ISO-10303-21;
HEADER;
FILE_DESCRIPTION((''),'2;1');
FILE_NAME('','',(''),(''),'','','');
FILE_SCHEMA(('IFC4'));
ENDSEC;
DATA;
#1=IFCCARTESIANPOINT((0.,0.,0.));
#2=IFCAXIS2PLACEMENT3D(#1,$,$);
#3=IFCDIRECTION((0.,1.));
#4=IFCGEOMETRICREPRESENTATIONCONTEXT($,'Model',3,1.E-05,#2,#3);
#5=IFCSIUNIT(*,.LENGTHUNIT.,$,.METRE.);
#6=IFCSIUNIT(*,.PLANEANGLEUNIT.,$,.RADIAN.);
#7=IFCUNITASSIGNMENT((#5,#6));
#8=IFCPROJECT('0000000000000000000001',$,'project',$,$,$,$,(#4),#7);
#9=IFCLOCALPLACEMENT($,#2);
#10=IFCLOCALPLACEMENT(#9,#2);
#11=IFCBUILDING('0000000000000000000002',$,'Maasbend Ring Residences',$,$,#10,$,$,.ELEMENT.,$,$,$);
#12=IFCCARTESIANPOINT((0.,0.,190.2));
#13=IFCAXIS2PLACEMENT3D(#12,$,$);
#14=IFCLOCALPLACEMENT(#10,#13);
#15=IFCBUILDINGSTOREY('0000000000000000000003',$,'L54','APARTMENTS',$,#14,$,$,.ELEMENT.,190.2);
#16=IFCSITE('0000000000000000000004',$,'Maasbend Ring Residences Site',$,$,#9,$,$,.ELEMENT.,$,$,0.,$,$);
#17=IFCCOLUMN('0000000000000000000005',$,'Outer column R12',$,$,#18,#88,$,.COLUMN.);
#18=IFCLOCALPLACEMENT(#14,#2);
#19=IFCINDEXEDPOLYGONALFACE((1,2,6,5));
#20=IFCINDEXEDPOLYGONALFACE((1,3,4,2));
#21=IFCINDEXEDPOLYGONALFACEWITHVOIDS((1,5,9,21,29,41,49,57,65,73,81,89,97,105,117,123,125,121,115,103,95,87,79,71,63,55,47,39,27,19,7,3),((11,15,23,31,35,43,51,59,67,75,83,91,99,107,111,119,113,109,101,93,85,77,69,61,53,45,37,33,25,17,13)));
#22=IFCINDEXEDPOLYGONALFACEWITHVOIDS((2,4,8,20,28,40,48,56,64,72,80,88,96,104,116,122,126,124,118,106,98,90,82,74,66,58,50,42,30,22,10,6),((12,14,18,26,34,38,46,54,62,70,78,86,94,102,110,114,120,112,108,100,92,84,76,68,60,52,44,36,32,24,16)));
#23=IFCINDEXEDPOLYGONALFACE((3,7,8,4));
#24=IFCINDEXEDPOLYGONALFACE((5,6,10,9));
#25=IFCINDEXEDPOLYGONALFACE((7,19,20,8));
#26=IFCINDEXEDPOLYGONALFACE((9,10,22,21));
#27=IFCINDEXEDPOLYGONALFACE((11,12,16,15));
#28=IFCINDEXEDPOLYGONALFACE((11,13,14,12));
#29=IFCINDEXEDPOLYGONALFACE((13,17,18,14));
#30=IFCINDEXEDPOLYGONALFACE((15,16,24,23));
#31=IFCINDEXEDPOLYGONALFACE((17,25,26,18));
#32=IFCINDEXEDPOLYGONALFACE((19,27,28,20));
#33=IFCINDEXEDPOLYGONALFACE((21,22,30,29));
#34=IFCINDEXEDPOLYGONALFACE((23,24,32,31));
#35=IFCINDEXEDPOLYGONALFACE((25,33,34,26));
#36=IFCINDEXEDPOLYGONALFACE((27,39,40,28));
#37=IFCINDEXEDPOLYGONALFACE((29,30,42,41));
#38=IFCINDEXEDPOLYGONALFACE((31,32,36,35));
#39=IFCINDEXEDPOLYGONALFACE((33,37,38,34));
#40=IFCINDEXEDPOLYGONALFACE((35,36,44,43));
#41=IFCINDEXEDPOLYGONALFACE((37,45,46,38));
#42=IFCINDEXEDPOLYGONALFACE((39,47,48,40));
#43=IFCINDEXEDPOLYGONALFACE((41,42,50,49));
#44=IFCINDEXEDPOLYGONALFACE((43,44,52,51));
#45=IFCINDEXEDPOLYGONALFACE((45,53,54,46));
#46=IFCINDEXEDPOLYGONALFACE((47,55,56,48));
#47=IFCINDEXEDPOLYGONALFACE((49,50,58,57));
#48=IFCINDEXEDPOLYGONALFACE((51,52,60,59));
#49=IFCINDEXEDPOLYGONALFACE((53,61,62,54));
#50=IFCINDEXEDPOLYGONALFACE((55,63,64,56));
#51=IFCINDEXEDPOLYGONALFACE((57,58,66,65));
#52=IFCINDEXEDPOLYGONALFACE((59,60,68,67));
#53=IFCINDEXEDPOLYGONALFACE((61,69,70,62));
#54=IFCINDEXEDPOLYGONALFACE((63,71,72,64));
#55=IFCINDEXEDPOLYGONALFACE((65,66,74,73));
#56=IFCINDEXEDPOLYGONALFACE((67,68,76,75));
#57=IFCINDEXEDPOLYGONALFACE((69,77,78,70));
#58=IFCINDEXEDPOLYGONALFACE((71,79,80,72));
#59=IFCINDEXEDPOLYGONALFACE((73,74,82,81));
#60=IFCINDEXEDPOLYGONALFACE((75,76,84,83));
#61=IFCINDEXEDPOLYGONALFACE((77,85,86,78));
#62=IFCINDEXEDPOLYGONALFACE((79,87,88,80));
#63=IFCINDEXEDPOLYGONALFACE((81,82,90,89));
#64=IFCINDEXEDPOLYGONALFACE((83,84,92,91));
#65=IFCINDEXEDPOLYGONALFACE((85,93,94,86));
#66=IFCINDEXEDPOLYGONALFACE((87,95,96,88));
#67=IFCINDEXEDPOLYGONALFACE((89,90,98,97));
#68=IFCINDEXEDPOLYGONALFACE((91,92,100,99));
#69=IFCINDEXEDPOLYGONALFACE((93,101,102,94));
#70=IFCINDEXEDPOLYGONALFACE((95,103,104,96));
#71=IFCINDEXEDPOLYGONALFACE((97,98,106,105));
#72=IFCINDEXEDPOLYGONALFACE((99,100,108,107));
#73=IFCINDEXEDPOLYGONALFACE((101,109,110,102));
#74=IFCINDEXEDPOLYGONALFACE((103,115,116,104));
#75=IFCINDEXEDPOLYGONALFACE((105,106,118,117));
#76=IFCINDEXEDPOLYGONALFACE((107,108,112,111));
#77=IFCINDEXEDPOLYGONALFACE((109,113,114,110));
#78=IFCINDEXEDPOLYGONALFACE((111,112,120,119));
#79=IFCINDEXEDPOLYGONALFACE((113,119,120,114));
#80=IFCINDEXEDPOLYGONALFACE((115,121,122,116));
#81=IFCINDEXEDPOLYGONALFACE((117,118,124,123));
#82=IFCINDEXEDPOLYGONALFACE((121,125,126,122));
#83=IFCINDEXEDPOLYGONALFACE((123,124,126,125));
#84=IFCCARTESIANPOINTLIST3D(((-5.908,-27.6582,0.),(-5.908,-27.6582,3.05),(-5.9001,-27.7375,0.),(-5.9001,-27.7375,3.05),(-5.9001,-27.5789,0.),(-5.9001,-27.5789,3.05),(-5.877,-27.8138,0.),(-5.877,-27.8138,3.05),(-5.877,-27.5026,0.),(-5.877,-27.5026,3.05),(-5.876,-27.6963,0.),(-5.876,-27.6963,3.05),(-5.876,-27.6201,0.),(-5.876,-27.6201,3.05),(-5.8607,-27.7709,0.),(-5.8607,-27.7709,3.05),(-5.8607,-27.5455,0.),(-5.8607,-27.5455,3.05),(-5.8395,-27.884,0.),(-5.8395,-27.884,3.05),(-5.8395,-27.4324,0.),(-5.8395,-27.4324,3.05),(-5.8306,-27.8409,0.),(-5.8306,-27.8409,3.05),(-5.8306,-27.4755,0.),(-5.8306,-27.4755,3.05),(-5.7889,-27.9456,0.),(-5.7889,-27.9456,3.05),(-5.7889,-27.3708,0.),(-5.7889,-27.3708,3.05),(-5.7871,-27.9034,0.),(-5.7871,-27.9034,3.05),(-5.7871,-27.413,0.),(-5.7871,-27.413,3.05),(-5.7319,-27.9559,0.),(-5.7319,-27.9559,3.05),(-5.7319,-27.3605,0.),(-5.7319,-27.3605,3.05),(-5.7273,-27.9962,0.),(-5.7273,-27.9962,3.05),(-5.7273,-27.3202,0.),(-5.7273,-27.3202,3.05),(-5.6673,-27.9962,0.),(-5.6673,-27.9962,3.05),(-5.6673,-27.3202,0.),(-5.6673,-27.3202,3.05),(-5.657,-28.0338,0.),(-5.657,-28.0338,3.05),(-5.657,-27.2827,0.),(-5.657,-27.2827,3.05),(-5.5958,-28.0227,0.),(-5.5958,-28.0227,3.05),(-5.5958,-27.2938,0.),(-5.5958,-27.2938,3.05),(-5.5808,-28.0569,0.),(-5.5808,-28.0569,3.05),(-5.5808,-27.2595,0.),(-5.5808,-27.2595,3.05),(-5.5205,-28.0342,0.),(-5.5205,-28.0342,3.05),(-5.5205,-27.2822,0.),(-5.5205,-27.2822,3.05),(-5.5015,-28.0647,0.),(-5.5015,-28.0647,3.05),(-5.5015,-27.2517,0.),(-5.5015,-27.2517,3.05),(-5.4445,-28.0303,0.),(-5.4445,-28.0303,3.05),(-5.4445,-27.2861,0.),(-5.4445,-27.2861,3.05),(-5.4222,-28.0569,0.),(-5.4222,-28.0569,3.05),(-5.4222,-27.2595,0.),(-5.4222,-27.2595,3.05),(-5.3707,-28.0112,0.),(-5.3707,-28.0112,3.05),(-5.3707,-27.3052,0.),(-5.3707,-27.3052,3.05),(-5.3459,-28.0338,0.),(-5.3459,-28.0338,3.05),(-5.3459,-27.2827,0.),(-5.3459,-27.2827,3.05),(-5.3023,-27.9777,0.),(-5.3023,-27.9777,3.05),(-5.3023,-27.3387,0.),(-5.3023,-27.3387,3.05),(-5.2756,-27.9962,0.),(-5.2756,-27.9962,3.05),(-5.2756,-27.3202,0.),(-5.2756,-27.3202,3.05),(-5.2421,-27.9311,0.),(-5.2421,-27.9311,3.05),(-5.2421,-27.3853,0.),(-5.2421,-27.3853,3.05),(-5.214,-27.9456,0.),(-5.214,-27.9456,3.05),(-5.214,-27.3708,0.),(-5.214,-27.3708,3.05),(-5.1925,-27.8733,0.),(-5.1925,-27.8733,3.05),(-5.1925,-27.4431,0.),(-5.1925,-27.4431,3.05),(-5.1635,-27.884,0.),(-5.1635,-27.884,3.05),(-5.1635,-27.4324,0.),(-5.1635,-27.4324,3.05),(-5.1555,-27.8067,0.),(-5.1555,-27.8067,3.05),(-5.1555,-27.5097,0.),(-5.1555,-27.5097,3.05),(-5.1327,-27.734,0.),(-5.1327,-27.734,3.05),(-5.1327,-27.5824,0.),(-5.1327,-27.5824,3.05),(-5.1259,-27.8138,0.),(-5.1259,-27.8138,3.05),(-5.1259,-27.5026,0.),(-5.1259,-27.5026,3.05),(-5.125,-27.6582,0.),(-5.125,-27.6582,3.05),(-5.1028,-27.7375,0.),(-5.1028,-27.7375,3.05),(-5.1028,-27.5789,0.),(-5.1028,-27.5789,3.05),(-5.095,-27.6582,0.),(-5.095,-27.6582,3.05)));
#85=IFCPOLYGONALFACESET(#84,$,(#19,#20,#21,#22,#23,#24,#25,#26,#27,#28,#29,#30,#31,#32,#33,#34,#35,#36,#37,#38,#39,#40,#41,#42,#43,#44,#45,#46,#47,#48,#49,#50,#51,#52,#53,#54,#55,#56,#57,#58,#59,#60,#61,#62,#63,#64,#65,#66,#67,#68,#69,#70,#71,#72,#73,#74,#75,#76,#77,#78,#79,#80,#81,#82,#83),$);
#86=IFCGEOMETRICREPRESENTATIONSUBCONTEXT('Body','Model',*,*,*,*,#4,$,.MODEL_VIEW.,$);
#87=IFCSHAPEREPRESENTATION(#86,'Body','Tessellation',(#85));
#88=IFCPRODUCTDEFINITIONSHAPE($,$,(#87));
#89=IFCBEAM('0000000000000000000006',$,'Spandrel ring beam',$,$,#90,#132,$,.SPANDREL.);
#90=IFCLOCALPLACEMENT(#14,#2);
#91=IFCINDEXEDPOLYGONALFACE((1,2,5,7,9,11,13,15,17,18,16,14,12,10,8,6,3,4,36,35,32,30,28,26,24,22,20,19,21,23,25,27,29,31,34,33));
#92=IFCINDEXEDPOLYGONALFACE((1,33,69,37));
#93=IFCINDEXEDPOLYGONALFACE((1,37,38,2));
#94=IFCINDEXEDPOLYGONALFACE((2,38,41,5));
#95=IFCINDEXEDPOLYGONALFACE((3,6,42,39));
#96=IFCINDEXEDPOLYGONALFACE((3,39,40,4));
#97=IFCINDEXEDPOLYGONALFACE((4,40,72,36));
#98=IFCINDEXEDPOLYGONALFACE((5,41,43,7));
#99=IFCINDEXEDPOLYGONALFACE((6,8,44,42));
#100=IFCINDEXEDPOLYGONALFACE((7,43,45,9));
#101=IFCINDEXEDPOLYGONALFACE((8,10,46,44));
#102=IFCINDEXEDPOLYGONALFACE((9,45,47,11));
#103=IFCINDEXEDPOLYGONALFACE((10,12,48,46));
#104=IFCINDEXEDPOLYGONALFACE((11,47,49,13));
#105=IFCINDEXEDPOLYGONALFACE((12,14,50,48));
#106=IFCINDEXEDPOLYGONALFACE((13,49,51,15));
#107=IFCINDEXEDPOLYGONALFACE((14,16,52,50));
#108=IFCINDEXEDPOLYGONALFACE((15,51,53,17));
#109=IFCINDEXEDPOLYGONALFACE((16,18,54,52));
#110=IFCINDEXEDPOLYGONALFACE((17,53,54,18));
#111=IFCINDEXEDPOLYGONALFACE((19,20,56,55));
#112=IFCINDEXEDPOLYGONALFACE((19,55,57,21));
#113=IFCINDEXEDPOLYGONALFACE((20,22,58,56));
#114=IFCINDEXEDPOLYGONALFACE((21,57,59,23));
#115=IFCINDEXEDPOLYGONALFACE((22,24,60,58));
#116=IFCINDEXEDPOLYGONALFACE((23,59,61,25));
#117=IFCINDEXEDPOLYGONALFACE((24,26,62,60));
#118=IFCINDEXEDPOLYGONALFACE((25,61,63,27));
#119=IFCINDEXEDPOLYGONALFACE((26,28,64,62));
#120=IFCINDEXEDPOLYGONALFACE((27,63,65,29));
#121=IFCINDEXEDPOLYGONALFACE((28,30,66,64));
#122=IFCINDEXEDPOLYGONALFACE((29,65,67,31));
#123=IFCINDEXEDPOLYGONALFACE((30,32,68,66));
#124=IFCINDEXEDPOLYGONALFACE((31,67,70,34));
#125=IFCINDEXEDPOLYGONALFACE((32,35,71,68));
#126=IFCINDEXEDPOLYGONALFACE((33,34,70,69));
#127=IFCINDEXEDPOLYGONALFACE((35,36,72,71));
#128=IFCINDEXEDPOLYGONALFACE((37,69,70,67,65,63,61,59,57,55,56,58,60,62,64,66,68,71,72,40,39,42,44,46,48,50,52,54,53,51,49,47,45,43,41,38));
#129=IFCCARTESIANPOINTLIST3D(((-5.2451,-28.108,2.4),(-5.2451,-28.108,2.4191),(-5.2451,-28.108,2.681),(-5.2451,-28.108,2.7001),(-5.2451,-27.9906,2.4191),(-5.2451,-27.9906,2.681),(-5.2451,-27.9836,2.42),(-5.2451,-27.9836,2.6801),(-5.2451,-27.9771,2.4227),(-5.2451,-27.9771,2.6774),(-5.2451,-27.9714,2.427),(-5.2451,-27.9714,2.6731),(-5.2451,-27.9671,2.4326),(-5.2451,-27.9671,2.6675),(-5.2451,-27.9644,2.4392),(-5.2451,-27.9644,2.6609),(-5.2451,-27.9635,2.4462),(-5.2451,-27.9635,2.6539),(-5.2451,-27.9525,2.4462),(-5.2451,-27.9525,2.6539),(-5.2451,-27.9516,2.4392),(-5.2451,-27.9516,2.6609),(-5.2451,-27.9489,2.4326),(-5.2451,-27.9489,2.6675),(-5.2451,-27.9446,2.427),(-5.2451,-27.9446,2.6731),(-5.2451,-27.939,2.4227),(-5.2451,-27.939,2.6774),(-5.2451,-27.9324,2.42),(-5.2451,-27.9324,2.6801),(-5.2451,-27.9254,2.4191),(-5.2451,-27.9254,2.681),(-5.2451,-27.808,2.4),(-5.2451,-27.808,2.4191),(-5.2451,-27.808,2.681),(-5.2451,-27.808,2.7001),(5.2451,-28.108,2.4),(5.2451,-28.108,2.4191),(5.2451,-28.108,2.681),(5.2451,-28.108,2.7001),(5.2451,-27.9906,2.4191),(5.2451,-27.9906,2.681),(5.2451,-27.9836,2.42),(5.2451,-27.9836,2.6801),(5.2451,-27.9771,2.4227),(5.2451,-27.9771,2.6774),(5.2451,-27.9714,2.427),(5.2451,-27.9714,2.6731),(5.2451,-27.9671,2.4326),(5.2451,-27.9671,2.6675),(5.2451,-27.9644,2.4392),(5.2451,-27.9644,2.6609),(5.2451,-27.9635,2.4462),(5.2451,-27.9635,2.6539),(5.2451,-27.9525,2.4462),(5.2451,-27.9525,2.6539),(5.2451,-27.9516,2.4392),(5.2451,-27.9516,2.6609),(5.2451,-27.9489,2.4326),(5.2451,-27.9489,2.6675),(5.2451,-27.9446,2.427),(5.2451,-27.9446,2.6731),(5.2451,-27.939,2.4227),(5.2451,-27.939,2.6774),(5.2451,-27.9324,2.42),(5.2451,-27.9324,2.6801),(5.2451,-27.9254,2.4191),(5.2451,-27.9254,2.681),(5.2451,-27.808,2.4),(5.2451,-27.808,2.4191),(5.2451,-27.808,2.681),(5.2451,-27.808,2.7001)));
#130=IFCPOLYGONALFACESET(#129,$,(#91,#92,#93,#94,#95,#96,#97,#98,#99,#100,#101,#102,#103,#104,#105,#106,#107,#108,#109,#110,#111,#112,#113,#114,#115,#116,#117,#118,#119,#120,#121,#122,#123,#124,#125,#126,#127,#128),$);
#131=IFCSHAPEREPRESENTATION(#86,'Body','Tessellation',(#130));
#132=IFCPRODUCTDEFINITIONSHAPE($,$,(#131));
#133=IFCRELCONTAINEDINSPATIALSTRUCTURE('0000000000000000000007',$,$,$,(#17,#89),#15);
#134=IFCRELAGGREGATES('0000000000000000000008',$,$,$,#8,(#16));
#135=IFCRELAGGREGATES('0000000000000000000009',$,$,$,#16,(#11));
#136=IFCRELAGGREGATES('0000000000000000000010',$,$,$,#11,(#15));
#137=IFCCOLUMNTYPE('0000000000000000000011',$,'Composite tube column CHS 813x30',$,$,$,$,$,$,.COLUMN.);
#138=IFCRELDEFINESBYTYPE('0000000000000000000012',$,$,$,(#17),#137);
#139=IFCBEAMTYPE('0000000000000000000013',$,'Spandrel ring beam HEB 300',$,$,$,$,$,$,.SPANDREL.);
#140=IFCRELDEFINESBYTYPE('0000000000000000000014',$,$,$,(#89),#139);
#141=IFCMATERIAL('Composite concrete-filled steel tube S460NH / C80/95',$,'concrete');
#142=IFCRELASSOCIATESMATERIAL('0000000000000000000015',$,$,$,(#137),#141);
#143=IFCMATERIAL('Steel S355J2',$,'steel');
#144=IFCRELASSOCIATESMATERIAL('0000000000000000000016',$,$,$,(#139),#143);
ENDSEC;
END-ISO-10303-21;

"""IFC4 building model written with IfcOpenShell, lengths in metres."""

from ifc_helpers import new_model, si_unit, direction, frame, origin, origin_2d, place, context, subcontext, project, spatial, hollow_circle, i_section, extrude, material, material_profile, profile_set, type_object, element, save


model = new_model("IFC4")

# Units and contexts
model_context = context("Model", 3, precision=1e-05, world=origin(), true_north=direction((0.0, 1.0)))
body_context = subcontext(model_context, "Body", "Model", "MODEL_VIEW")
ifc_project = project(units=[si_unit("LENGTHUNIT", "METRE"), si_unit("PLANEANGLEUNIT", "RADIAN")], contexts=[model_context])

# Site, building, storey
site_placement = place(None, origin())
site = spatial("IfcSite", under=ifc_project, at=site_placement, Name="Maasbend Ring Residences Site", CompositionType="ELEMENT", RefElevation=0.0)
building_placement = place(site_placement, origin())
building = spatial("IfcBuilding", under=site, at=building_placement, Name="Maasbend Ring Residences", CompositionType="ELEMENT")
storey_placement = place(building_placement, frame((0.0, 0.0, 190.2)))
storey = spatial("IfcBuildingStorey", under=building, at=storey_placement, Name="L54", Description="APARTMENTS", CompositionType="ELEMENT", Elevation=190.2)

# Column
ifc_material_1 = material(Name="Composite concrete-filled steel tube S460NH / C80/95", Category="concrete")
ifc_material_profile_1 = material_profile(ifc_material_1, hollow_circle(Radius=0.4065, WallThickness=0.03, at=origin_2d()), Name="Composite tube column CHS 813x30")
ifc_profile_set_1 = profile_set([ifc_material_profile_1], Name="Composite concrete-filled steel tube S460NH / C80/95")
column_type = type_object("IfcColumnType", Name="Composite tube column CHS 813x30", PredefinedType="COLUMN", material=ifc_profile_set_1)
column_placement = place(storey_placement, frame((-5.5015, -27.6582, 0.0), z_axis=(0.0, 0.0, 1.0), x_axis=(1.0, 0.0, 0.0)))
element("IfcColumn", 1, at=column_placement, inside=storey, type_object=column_type, Name="Outer column R12", PredefinedType="COLUMN", context=body_context, shape_type="SweptSolid", body=[
    extrude(hollow_circle(Radius=0.4065, WallThickness=0.03, at=origin_2d()), origin(), (0.0, 0.0, 1.0), 3.05),
])

# Beam
ifc_material_2 = material(Name="Steel S355J2", Category="steel")
ifc_material_profile_2 = material_profile(ifc_material_2, i_section(OverallWidth=0.3, OverallDepth=0.3, WebThickness=0.011, FlangeThickness=0.019, FilletRadius=0.0271, at=origin_2d()), Name="HEB 300")
ifc_profile_set_2 = profile_set([ifc_material_profile_2], Name="Steel S355J2")
beam_type = type_object("IfcBeamType", Name="Spandrel ring beam HEB 300", PredefinedType="SPANDREL", material=ifc_profile_set_2)
beam_placement = place(storey_placement, frame((-5.2451, -27.958, 2.55), z_axis=(1.0, 0.0, 0.0), x_axis=(0.0, 1.0, 0.0)))
element("IfcBeam", 2, at=beam_placement, inside=storey, type_object=beam_type, Name="Spandrel ring beam", PredefinedType="SPANDREL", context=body_context, shape_type="SweptSolid", body=[
    extrude(i_section(OverallWidth=0.3, OverallDepth=0.3, WebThickness=0.011, FlangeThickness=0.019, FilletRadius=0.0271, at=origin_2d()), origin(), (0.0, 0.0, 1.0), 10.4902),
])

save(model, "model.ifc")
